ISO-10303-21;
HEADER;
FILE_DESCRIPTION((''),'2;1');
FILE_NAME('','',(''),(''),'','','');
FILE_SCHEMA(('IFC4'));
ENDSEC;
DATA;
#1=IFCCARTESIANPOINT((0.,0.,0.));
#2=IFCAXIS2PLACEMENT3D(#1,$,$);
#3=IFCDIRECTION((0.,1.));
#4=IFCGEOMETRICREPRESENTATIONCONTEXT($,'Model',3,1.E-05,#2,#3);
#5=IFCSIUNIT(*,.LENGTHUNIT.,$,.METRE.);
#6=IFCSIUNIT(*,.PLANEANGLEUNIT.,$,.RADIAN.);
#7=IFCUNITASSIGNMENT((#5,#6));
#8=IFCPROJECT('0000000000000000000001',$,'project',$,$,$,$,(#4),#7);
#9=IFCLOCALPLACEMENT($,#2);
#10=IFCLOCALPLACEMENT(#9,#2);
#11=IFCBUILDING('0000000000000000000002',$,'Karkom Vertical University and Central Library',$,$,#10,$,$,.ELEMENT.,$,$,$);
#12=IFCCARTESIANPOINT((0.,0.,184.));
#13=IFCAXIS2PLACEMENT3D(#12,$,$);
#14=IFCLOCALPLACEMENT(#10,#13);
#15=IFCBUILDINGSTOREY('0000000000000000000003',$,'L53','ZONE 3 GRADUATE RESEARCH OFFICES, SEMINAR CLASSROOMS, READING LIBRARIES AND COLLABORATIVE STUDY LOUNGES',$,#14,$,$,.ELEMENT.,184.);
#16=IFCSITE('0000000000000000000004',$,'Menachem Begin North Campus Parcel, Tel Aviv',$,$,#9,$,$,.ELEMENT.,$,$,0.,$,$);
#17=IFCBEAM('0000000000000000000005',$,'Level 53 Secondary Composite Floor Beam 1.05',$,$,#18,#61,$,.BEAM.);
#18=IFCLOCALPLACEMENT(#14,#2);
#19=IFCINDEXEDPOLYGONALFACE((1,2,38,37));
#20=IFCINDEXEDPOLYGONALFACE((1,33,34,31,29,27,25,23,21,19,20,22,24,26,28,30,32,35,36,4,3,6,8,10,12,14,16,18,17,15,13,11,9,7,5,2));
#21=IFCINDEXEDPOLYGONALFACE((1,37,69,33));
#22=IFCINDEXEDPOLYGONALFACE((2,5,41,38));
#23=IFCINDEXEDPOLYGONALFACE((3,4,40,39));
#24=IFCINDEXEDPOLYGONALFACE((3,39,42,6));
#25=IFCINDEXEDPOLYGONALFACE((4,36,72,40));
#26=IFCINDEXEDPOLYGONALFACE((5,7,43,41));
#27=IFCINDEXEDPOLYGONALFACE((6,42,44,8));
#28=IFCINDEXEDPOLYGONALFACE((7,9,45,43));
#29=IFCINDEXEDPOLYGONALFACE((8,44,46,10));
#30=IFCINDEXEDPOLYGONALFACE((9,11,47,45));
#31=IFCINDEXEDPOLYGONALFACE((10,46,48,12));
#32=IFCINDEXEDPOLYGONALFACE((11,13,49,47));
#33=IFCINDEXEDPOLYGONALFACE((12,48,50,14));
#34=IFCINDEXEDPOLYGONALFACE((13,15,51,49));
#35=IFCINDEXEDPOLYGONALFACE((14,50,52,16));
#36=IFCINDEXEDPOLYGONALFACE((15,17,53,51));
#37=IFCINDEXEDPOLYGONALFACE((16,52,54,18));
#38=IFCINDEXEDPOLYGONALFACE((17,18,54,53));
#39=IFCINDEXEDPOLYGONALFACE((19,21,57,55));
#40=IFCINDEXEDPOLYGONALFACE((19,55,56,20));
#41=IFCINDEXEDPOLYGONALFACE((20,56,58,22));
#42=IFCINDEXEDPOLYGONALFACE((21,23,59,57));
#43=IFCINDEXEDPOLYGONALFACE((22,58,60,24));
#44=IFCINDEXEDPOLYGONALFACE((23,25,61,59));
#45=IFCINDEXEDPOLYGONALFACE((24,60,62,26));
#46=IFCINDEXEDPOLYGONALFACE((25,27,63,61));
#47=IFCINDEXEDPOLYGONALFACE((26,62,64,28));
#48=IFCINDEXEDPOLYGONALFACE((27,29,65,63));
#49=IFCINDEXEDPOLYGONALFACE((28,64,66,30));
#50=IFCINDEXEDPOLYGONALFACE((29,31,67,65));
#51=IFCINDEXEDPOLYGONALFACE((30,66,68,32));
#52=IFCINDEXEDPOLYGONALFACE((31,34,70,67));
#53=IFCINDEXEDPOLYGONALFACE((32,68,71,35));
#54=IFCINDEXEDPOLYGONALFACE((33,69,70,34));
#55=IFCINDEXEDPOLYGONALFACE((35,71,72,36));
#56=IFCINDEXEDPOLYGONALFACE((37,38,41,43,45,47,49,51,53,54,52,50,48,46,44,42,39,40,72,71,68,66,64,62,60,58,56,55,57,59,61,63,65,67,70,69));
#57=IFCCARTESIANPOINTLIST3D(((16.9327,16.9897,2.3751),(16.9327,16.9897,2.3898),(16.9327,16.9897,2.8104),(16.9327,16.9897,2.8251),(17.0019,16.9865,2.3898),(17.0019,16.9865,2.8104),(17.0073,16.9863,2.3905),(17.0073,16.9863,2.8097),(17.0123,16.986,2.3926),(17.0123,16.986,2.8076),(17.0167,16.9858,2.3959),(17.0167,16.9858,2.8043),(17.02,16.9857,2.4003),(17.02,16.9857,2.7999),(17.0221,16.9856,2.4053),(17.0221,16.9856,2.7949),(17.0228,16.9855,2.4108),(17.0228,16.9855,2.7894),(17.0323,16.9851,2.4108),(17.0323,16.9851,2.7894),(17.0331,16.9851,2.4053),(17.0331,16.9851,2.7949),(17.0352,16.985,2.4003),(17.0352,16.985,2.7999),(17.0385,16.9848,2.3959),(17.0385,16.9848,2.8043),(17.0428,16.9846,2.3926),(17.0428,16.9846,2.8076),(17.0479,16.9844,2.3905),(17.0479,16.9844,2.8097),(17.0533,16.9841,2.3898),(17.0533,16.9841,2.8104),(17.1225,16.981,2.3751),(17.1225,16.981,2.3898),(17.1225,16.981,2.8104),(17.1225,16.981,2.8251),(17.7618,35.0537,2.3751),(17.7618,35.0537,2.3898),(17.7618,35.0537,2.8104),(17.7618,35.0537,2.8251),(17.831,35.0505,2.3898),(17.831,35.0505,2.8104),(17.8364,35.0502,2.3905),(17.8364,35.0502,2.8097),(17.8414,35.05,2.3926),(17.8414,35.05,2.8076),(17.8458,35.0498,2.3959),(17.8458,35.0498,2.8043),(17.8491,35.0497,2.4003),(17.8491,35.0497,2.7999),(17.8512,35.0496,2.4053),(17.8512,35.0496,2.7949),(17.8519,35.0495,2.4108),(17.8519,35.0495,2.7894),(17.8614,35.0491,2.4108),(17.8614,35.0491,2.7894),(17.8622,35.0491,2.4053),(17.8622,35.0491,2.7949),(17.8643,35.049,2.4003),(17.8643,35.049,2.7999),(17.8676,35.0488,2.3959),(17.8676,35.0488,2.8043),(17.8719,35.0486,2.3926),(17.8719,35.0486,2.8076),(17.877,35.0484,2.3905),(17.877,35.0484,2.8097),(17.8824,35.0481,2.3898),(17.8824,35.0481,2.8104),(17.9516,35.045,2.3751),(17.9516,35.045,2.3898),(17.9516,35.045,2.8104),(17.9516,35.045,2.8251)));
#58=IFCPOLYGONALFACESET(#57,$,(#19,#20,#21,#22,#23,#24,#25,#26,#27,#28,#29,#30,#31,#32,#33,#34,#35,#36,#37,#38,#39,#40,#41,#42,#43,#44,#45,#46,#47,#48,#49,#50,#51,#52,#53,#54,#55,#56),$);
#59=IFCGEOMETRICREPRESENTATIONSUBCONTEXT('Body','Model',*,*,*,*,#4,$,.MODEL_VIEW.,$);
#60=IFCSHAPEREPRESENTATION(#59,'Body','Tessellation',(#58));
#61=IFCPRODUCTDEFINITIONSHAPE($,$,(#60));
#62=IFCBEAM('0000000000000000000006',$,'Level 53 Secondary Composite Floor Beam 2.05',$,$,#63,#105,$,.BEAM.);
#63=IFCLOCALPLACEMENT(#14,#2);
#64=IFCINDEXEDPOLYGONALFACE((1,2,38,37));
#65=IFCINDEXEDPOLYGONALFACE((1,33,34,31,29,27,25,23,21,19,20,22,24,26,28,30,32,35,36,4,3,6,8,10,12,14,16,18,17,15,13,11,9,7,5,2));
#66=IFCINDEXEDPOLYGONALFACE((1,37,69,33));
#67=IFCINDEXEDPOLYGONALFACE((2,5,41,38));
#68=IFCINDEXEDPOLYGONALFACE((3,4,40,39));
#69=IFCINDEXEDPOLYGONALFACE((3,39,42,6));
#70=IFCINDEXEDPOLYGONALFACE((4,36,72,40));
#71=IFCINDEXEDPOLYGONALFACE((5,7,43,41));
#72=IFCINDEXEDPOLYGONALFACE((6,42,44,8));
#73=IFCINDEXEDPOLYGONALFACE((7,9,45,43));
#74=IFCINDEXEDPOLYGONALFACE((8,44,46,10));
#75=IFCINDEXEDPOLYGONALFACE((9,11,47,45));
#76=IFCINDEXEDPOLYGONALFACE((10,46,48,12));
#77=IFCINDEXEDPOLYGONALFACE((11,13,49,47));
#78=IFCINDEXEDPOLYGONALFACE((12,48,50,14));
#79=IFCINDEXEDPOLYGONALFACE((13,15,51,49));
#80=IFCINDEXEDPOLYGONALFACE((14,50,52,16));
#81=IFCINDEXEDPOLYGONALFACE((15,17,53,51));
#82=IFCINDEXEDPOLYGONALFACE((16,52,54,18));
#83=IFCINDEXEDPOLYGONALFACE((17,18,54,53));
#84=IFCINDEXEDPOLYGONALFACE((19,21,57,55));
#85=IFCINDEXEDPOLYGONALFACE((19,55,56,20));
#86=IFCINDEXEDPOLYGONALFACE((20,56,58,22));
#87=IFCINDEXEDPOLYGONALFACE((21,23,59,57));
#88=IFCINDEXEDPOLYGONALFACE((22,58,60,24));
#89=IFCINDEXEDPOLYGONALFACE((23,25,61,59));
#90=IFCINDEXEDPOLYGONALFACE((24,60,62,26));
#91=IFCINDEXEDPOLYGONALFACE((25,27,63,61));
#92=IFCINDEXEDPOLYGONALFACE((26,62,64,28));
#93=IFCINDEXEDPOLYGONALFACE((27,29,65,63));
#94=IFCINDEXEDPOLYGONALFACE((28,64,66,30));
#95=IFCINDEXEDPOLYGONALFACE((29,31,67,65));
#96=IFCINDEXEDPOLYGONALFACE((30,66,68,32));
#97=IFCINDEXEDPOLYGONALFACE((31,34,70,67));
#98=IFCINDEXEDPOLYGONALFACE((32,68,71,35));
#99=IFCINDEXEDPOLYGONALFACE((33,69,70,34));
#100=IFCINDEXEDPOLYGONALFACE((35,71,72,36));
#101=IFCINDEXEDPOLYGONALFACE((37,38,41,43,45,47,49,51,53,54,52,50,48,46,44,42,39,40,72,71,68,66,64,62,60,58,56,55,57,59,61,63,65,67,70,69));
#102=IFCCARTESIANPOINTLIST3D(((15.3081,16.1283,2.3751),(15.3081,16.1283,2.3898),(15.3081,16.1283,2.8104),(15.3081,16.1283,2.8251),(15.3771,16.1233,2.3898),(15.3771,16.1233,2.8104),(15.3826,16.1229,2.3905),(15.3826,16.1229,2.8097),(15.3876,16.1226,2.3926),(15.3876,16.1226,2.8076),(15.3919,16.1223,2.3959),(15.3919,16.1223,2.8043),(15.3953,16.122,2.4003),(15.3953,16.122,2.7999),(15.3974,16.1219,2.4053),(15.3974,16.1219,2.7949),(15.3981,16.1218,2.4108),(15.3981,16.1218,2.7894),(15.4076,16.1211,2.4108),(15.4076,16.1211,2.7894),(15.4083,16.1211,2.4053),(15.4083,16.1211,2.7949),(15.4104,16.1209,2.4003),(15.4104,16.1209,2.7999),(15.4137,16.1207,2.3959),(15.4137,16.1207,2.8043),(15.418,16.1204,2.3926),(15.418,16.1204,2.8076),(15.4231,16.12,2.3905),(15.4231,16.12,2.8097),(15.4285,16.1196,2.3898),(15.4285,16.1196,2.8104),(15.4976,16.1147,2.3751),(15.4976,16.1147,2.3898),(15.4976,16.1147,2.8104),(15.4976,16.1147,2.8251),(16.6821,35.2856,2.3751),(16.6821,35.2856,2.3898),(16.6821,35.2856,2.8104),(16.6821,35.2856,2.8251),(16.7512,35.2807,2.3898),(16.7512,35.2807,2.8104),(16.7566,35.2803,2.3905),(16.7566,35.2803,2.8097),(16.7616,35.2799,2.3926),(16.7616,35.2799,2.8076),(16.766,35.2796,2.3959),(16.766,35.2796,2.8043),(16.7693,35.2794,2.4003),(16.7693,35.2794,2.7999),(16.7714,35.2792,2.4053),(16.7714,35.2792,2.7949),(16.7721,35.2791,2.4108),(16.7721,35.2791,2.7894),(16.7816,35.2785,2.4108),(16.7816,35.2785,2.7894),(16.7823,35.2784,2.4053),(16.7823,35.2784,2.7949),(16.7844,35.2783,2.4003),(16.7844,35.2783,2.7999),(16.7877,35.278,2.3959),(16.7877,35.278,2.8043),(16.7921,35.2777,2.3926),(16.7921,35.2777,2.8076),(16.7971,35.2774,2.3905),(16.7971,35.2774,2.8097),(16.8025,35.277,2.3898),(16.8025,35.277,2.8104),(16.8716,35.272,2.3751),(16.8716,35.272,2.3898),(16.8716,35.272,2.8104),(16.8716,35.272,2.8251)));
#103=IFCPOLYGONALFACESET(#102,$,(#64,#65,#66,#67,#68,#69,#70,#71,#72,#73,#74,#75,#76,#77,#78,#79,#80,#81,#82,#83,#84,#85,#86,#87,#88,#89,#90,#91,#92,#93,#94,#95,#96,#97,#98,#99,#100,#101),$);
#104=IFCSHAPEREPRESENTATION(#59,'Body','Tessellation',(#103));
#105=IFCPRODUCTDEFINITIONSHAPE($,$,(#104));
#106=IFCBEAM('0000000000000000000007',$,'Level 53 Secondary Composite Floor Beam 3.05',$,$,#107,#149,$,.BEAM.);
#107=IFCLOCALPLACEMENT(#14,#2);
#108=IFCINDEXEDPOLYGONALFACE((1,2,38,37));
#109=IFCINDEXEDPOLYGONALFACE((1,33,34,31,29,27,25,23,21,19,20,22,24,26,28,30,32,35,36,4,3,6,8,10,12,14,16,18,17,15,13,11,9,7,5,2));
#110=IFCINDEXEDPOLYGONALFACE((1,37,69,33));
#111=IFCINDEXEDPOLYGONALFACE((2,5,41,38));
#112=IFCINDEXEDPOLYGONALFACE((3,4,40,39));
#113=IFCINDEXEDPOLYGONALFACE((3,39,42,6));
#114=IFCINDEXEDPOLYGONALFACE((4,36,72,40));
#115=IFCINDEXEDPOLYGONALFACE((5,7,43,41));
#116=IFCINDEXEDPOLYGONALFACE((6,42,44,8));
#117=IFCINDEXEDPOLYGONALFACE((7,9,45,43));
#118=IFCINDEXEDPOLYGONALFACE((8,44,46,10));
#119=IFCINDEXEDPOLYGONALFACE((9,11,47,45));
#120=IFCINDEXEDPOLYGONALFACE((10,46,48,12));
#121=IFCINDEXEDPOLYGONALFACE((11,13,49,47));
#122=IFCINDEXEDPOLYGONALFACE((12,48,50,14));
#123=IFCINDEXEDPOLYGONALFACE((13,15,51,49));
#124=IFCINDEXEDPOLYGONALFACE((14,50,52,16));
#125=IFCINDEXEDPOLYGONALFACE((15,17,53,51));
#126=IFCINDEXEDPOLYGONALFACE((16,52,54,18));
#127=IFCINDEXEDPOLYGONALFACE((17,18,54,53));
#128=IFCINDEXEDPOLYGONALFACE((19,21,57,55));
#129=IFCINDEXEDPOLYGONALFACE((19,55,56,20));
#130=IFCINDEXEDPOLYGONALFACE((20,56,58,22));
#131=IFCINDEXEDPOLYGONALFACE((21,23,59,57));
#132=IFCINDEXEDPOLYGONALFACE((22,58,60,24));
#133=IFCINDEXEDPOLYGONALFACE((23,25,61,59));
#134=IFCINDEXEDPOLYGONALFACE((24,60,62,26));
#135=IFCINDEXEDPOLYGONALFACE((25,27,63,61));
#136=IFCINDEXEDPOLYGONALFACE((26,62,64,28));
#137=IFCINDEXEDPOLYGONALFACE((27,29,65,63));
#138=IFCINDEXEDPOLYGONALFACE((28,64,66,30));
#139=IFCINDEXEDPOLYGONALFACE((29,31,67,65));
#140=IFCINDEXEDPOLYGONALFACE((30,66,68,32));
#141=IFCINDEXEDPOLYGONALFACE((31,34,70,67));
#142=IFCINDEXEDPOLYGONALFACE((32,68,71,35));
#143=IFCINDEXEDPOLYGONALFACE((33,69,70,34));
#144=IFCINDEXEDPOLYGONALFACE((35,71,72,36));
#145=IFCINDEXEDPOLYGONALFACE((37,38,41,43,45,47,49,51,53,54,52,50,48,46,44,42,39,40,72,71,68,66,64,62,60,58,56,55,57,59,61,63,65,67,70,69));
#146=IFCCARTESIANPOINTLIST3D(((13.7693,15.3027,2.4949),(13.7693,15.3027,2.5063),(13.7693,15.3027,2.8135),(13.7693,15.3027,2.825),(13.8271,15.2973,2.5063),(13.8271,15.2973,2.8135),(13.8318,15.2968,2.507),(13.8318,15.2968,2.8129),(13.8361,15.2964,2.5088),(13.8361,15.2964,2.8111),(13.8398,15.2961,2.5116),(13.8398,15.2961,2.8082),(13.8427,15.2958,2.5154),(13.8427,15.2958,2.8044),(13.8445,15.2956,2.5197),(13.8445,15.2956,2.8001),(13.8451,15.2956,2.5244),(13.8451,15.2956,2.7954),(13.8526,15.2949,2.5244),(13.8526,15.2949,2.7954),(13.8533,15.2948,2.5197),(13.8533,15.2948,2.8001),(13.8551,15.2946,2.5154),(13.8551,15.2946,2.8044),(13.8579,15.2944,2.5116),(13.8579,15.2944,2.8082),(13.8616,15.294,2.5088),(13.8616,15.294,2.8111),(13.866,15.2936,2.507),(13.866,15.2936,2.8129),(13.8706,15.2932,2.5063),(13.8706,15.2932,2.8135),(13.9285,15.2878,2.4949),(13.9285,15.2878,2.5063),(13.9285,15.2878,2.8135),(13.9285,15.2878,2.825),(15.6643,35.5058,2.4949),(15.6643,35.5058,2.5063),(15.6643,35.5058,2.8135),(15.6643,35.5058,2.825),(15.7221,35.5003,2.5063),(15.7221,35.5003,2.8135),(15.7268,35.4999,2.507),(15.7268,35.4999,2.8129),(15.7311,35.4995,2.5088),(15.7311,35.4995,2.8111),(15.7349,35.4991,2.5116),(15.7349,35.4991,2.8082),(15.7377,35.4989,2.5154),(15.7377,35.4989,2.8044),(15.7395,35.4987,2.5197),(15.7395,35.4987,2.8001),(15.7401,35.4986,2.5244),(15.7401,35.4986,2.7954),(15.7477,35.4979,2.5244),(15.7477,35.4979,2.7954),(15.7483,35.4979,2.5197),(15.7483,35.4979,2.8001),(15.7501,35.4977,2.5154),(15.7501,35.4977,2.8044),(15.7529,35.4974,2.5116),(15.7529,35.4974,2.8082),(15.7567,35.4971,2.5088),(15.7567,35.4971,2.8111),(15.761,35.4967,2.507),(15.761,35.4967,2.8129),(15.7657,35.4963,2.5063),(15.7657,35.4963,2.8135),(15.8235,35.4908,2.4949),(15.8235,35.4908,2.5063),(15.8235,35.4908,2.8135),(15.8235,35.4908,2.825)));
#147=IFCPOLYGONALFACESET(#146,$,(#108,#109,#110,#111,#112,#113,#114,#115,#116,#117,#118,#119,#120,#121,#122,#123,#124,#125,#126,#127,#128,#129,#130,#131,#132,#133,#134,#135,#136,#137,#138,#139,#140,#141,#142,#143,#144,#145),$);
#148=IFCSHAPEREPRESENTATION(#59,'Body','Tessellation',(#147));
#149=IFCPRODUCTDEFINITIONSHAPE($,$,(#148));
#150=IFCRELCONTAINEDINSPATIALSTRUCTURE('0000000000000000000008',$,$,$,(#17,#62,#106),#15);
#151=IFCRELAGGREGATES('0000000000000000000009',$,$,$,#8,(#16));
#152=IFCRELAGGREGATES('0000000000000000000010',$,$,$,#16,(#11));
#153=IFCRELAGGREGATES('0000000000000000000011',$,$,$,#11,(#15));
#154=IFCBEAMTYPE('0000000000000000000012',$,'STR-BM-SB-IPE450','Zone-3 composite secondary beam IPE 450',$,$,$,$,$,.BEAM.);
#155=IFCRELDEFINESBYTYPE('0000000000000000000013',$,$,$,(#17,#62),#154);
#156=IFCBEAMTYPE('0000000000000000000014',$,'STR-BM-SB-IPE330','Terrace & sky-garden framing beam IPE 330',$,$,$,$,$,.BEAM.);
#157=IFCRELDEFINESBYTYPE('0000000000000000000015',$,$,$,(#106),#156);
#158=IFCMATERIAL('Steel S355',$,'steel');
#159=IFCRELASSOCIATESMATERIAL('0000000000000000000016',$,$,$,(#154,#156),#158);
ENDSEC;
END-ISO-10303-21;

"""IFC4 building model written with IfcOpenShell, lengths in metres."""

from ifc_helpers import new_model, si_unit, direction, frame, origin, origin_with_axes, origin_2d, place, context, subcontext, project, spatial, i_section, extrude, source, transform, mapped, material, material_profile, profile_set, type_object, element, save


model = new_model("IFC4")

# Units and contexts
model_context = context("Model", 3, precision=1e-05, world=origin(), true_north=direction((0.0, 1.0)))
body_context = subcontext(model_context, "Body", "Model", "MODEL_VIEW")
ifc_project = project(units=[si_unit("LENGTHUNIT", "METRE"), si_unit("PLANEANGLEUNIT", "RADIAN")], contexts=[model_context])

# Site, building, storey
site_placement = place(None, origin())
site = spatial("IfcSite", under=ifc_project, at=site_placement, Name="Menachem Begin North Campus Parcel, Tel Aviv", CompositionType="ELEMENT", RefElevation=0.0)
building_placement = place(site_placement, origin())
building = spatial("IfcBuilding", under=site, at=building_placement, Name="Karkom Vertical University and Central Library", CompositionType="ELEMENT")
storey_placement = place(building_placement, frame((0.0, 0.0, 184.0)))
storey = spatial("IfcBuildingStorey", under=building, at=storey_placement, Name="L53", Description="ZONE 3 GRADUATE RESEARCH OFFICES, SEMINAR CLASSROOMS, READING LIBRARIES AND COLLABORATIVE STUDY LOUNGES", CompositionType="ELEMENT", Elevation=184.0)

# Beams
ifc_material_1 = material(Name="Steel S355", Category="steel")
ifc_material_profile_1 = material_profile(ifc_material_1, i_section(OverallWidth=0.1899, OverallDepth=0.45, WebThickness=0.0095, FlangeThickness=0.0146, FilletRadius=0.021, at=origin_2d()), Name="IPE 450")
ifc_profile_set_1 = profile_set([ifc_material_profile_1], Name="Steel S355")
beam_type_1 = type_object("IfcBeamType", Name="STR-BM-SB-IPE450", Description="Zone-3 composite secondary beam IPE 450", PredefinedType="BEAM", material=ifc_profile_set_1)
shared_shape_1 = source(origin_with_axes(), body_context, "Body", "SweptSolid", [
    extrude(i_section(OverallWidth=0.1899, OverallDepth=0.45, WebThickness=0.0095, FlangeThickness=0.0146, FilletRadius=0.021, at=origin_2d()), origin(), (0.0, 0.0, 1.0), 18.083),
])
beam_1_placement = place(storey_placement, frame((17.8567, 35.0493, 2.6001), z_axis=(-0.04585, -0.998948, 0.0), x_axis=(0.998948, -0.04585, 0.0)))
element("IfcBeam", 1, at=beam_1_placement, inside=storey, type_object=beam_type_1, Name="Level 53 Secondary Composite Floor Beam 1.05", PredefinedType="BEAM", context=body_context, shape_type="MappedRepresentation", body=[
    mapped(shared_shape_1, transform((0.0, 0.0, 0.0), scale=1.0)),
])
shared_shape_2 = source(origin_with_axes(), body_context, "Body", "SweptSolid", [
    extrude(i_section(OverallWidth=0.1899, OverallDepth=0.45, WebThickness=0.0095, FlangeThickness=0.0146, FilletRadius=0.021, at=origin_2d()), origin(), (0.0, 0.0, 1.0), 19.2065),
])
beam_2_placement = place(storey_placement, frame((16.7769, 35.2788, 2.6001), z_axis=(-0.07154, -0.997438, 0.0), x_axis=(0.997438, -0.07154, 0.0)))
element("IfcBeam", 2, at=beam_2_placement, inside=storey, type_object=beam_type_1, Name="Level 53 Secondary Composite Floor Beam 2.05", PredefinedType="BEAM", context=body_context, shape_type="MappedRepresentation", body=[
    mapped(shared_shape_2, transform((0.0, 0.0, 0.0), scale=1.0)),
])
ifc_material_profile_2 = material_profile(ifc_material_1, i_section(OverallWidth=0.1599, OverallDepth=0.3301, WebThickness=0.0076, FlangeThickness=0.0115, FilletRadius=0.0181, at=origin_2d()), Name="IPE 330")
ifc_profile_set_2 = profile_set([ifc_material_profile_2], Name="Steel S355")
beam_type_2 = type_object("IfcBeamType", Name="STR-BM-SB-IPE330", Description="Terrace & sky-garden framing beam IPE 330", PredefinedType="BEAM", material=ifc_profile_set_2)
shared_shape_3 = source(origin_with_axes(), body_context, "Body", "SweptSolid", [
    extrude(i_section(OverallWidth=0.1599, OverallDepth=0.3301, WebThickness=0.0076, FlangeThickness=0.0115, FilletRadius=0.0181, at=origin_2d()), origin(), (0.0, 0.0, 1.0), 20.2917),
])
beam_3_placement = place(storey_placement, frame((15.7439, 35.4983, 2.6599), z_axis=(-0.093388, -0.99563, 0.0), x_axis=(0.99563, -0.093388, 0.0)))
element("IfcBeam", 3, at=beam_3_placement, inside=storey, type_object=beam_type_2, Name="Level 53 Secondary Composite Floor Beam 3.05", PredefinedType="BEAM", context=body_context, shape_type="MappedRepresentation", body=[
    mapped(shared_shape_3, transform((0.0, 0.0, 0.0), scale=1.0)),
])

save(model, "model.ifc")
